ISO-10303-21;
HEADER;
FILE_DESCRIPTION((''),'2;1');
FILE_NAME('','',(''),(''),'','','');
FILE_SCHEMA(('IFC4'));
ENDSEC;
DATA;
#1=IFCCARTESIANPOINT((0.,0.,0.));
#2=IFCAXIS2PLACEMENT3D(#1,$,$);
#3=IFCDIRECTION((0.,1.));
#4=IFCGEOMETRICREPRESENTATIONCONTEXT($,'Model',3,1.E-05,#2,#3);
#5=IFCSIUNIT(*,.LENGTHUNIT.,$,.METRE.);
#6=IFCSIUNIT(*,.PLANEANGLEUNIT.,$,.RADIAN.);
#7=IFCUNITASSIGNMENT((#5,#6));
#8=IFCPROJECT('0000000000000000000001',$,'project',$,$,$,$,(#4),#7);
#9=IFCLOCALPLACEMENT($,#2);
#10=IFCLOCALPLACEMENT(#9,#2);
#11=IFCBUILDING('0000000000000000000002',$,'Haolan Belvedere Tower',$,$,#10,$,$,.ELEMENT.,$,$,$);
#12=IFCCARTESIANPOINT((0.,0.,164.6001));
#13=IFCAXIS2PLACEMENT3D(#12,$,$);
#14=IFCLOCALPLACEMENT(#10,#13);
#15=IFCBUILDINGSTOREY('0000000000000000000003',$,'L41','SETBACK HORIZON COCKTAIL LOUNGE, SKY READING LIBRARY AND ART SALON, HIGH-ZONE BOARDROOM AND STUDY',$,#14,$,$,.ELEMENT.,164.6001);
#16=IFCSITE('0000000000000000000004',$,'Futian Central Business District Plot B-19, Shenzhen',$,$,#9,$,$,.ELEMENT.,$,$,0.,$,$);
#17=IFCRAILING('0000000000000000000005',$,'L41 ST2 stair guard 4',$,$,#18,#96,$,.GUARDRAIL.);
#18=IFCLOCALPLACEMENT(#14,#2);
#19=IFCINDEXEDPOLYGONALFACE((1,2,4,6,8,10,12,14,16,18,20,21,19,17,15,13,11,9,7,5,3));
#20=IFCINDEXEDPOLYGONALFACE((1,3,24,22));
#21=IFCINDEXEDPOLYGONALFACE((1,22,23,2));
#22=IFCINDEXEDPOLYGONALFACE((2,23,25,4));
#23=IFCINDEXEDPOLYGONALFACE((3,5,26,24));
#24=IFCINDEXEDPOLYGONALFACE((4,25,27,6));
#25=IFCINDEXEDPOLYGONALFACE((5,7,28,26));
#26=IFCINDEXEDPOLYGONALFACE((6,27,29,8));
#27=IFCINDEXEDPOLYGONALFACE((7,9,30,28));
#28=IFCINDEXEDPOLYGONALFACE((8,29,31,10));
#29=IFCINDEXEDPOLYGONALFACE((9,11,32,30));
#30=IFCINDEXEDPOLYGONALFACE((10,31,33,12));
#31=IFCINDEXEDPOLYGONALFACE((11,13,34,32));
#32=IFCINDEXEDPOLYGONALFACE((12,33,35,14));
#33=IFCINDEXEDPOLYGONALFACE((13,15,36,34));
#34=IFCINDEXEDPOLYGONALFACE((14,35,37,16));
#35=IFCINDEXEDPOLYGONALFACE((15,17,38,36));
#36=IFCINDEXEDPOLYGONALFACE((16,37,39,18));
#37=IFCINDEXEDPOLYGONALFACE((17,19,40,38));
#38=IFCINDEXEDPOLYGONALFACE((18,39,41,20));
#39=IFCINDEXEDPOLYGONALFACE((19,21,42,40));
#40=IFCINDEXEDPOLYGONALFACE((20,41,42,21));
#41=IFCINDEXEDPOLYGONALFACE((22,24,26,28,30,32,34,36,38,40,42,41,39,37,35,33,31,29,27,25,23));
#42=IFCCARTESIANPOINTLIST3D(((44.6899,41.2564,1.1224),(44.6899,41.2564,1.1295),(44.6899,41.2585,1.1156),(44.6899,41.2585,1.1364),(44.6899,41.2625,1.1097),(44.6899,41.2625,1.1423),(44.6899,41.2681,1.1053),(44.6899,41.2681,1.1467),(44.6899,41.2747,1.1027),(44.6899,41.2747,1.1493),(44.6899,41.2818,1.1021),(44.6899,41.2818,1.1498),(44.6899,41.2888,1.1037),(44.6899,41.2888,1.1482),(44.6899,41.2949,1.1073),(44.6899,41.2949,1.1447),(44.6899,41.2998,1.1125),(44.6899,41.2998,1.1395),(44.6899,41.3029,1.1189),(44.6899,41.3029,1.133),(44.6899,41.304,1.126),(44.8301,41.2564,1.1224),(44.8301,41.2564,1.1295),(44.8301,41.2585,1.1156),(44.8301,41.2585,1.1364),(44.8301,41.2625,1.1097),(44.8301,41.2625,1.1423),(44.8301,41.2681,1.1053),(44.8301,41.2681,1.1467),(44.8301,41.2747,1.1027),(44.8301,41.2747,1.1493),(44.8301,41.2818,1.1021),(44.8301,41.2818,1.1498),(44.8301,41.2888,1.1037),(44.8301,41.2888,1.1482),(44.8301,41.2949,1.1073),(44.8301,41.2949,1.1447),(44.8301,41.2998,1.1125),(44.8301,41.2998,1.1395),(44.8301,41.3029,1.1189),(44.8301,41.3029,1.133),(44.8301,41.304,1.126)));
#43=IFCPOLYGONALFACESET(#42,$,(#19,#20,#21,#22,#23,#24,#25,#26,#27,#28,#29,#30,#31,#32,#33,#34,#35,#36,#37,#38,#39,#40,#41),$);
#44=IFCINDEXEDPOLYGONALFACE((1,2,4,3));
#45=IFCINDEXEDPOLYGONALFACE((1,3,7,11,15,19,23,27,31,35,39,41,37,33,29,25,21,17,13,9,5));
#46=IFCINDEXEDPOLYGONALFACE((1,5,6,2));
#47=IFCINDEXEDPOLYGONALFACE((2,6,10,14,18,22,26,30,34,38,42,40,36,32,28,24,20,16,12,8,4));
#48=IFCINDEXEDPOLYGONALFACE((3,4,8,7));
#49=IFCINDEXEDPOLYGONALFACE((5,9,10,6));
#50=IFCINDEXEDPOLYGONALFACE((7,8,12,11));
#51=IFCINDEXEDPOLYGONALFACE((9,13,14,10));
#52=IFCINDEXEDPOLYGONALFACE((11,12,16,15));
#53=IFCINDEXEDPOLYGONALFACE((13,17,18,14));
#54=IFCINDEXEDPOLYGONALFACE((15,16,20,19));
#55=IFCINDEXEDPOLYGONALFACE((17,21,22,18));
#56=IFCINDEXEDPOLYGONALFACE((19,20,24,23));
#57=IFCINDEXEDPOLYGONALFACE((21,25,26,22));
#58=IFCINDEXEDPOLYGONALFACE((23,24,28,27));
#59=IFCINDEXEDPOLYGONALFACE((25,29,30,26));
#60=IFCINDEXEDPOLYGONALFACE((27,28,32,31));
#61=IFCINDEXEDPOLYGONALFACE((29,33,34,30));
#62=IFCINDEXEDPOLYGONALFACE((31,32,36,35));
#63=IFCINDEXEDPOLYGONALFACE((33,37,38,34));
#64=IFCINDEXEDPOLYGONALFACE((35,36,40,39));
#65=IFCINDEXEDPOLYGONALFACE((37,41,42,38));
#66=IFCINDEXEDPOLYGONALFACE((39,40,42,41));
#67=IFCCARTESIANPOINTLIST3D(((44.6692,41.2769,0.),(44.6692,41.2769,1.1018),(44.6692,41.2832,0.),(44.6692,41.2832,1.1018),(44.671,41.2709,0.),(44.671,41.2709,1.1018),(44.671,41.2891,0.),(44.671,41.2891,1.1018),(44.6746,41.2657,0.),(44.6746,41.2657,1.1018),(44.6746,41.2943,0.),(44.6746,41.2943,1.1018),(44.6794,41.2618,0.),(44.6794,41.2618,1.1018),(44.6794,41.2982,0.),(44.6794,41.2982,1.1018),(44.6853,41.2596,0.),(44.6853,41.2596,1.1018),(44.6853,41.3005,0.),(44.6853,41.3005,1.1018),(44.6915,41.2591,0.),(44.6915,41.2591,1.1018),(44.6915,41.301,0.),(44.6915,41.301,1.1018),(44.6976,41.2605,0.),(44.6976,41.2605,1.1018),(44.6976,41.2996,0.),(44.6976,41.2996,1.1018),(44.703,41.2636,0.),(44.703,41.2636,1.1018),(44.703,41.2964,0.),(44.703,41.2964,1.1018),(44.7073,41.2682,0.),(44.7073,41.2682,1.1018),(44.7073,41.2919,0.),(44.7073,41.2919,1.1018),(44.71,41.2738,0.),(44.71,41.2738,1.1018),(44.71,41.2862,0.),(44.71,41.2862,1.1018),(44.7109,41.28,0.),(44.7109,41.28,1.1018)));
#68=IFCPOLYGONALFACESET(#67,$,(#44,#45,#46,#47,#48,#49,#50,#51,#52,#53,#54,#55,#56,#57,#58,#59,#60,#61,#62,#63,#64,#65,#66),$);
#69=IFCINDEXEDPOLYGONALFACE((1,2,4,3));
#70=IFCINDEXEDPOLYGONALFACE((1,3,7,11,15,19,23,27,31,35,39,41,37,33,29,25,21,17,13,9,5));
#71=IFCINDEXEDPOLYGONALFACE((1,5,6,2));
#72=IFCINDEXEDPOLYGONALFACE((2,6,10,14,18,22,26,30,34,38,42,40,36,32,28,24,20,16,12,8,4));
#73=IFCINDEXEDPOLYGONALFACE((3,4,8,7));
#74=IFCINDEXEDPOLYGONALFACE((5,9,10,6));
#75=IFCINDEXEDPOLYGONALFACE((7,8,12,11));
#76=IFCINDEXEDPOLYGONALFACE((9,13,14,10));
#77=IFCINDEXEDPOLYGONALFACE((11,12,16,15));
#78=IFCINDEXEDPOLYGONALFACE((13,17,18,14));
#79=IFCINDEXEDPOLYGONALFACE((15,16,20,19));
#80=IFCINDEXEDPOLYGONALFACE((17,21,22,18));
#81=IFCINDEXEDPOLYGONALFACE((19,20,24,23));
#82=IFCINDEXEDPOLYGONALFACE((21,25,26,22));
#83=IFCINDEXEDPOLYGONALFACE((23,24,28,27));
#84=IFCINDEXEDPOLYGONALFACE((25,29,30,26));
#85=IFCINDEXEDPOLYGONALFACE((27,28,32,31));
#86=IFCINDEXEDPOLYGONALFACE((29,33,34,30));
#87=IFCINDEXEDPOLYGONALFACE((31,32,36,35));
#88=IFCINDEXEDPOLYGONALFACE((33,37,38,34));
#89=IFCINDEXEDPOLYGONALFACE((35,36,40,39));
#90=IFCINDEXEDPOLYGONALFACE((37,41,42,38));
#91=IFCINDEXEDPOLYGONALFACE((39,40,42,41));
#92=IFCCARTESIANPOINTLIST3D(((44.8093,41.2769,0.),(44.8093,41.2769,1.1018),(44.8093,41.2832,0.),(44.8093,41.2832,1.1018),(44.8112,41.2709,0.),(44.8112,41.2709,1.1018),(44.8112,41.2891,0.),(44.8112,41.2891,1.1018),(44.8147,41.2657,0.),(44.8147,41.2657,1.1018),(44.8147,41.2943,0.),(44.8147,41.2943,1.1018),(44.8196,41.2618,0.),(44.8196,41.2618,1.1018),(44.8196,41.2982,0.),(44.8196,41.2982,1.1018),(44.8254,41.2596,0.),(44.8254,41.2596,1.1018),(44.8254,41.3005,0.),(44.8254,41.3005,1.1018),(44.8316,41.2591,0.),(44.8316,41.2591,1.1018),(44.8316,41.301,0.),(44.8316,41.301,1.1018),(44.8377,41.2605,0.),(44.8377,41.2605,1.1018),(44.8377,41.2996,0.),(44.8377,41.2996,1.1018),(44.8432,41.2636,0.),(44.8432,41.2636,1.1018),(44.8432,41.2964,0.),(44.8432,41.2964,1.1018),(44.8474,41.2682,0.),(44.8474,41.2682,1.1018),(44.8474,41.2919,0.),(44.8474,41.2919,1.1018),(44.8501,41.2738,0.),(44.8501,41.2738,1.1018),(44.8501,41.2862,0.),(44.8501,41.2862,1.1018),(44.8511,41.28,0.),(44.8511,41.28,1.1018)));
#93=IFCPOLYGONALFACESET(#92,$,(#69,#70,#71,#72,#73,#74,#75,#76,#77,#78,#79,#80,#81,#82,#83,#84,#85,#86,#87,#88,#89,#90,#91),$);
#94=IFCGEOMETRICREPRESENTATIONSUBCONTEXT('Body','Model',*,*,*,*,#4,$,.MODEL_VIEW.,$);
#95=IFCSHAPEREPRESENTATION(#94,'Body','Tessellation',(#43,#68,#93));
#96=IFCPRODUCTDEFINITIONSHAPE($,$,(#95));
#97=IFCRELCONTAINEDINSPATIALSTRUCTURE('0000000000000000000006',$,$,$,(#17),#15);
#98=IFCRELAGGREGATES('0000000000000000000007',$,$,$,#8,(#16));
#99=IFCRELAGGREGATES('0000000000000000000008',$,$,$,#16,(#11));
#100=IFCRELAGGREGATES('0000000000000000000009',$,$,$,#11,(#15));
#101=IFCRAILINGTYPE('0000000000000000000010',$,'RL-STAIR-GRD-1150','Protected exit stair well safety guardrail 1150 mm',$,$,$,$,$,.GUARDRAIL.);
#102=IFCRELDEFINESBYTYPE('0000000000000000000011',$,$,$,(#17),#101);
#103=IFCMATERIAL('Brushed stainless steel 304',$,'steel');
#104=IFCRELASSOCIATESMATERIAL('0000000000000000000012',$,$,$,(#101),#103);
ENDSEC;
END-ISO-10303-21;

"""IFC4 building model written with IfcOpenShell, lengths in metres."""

from ifc_helpers import new_model, si_unit, direction, frame, origin, origin_2d, place, context, subcontext, project, spatial, circle, extrude, material, type_object, element, save


model = new_model("IFC4")

# Units and contexts
model_context = context("Model", 3, precision=1e-05, world=origin(), true_north=direction((0.0, 1.0)))
body_context = subcontext(model_context, "Body", "Model", "MODEL_VIEW")
ifc_project = project(units=[si_unit("LENGTHUNIT", "METRE"), si_unit("PLANEANGLEUNIT", "RADIAN")], contexts=[model_context])

# Site, building, storey
site_placement = place(None, origin())
site = spatial("IfcSite", under=ifc_project, at=site_placement, Name="Futian Central Business District Plot B-19, Shenzhen", CompositionType="ELEMENT", RefElevation=0.0)
building_placement = place(site_placement, origin())
building = spatial("IfcBuilding", under=site, at=building_placement, Name="Haolan Belvedere Tower", CompositionType="ELEMENT")
storey_placement = place(building_placement, frame((0.0, 0.0, 164.6001)))
storey = spatial("IfcBuildingStorey", under=building, at=storey_placement, Name="L41", Description="SETBACK HORIZON COCKTAIL LOUNGE, SKY READING LIBRARY AND ART SALON, HIGH-ZONE BOARDROOM AND STUDY", CompositionType="ELEMENT", Elevation=164.6001)

# Railing
ifc_material_1 = material(Name="Brushed stainless steel 304", Category="steel")
railing_type_1 = type_object("IfcRailingType", Name="RL-STAIR-GRD-1150", Description="Protected exit stair well safety guardrail 1150 mm", PredefinedType="GUARDRAIL", material=ifc_material_1)
railing_1_placement = place(storey_placement, frame((44.6899, 41.28, 0.0)))
element("IfcRailing", 1, at=railing_1_placement, inside=storey, type_object=railing_type_1, Name="L41 ST2 stair guard 4", PredefinedType="GUARDRAIL", context=body_context, shape_type="SweptSolid", body=[
    extrude(circle(Radius=0.0239, at=origin_2d()), frame((0.0, 0.0, 1.126), z_axis=(1.0, 0.0, 0.0), x_axis=(0.0, 1.0, 0.0)), (0.0, 0.0, 1.0), 0.1401),
    extrude(circle(Radius=0.021, at=origin_2d()), origin(), (0.0, 0.0, 1.0), 1.1018),
    extrude(circle(Radius=0.021, at=origin_2d()), frame((0.1401, 0.0, 0.0)), (0.0, 0.0, 1.0), 1.1018),
])

save(model, "model.ifc")
